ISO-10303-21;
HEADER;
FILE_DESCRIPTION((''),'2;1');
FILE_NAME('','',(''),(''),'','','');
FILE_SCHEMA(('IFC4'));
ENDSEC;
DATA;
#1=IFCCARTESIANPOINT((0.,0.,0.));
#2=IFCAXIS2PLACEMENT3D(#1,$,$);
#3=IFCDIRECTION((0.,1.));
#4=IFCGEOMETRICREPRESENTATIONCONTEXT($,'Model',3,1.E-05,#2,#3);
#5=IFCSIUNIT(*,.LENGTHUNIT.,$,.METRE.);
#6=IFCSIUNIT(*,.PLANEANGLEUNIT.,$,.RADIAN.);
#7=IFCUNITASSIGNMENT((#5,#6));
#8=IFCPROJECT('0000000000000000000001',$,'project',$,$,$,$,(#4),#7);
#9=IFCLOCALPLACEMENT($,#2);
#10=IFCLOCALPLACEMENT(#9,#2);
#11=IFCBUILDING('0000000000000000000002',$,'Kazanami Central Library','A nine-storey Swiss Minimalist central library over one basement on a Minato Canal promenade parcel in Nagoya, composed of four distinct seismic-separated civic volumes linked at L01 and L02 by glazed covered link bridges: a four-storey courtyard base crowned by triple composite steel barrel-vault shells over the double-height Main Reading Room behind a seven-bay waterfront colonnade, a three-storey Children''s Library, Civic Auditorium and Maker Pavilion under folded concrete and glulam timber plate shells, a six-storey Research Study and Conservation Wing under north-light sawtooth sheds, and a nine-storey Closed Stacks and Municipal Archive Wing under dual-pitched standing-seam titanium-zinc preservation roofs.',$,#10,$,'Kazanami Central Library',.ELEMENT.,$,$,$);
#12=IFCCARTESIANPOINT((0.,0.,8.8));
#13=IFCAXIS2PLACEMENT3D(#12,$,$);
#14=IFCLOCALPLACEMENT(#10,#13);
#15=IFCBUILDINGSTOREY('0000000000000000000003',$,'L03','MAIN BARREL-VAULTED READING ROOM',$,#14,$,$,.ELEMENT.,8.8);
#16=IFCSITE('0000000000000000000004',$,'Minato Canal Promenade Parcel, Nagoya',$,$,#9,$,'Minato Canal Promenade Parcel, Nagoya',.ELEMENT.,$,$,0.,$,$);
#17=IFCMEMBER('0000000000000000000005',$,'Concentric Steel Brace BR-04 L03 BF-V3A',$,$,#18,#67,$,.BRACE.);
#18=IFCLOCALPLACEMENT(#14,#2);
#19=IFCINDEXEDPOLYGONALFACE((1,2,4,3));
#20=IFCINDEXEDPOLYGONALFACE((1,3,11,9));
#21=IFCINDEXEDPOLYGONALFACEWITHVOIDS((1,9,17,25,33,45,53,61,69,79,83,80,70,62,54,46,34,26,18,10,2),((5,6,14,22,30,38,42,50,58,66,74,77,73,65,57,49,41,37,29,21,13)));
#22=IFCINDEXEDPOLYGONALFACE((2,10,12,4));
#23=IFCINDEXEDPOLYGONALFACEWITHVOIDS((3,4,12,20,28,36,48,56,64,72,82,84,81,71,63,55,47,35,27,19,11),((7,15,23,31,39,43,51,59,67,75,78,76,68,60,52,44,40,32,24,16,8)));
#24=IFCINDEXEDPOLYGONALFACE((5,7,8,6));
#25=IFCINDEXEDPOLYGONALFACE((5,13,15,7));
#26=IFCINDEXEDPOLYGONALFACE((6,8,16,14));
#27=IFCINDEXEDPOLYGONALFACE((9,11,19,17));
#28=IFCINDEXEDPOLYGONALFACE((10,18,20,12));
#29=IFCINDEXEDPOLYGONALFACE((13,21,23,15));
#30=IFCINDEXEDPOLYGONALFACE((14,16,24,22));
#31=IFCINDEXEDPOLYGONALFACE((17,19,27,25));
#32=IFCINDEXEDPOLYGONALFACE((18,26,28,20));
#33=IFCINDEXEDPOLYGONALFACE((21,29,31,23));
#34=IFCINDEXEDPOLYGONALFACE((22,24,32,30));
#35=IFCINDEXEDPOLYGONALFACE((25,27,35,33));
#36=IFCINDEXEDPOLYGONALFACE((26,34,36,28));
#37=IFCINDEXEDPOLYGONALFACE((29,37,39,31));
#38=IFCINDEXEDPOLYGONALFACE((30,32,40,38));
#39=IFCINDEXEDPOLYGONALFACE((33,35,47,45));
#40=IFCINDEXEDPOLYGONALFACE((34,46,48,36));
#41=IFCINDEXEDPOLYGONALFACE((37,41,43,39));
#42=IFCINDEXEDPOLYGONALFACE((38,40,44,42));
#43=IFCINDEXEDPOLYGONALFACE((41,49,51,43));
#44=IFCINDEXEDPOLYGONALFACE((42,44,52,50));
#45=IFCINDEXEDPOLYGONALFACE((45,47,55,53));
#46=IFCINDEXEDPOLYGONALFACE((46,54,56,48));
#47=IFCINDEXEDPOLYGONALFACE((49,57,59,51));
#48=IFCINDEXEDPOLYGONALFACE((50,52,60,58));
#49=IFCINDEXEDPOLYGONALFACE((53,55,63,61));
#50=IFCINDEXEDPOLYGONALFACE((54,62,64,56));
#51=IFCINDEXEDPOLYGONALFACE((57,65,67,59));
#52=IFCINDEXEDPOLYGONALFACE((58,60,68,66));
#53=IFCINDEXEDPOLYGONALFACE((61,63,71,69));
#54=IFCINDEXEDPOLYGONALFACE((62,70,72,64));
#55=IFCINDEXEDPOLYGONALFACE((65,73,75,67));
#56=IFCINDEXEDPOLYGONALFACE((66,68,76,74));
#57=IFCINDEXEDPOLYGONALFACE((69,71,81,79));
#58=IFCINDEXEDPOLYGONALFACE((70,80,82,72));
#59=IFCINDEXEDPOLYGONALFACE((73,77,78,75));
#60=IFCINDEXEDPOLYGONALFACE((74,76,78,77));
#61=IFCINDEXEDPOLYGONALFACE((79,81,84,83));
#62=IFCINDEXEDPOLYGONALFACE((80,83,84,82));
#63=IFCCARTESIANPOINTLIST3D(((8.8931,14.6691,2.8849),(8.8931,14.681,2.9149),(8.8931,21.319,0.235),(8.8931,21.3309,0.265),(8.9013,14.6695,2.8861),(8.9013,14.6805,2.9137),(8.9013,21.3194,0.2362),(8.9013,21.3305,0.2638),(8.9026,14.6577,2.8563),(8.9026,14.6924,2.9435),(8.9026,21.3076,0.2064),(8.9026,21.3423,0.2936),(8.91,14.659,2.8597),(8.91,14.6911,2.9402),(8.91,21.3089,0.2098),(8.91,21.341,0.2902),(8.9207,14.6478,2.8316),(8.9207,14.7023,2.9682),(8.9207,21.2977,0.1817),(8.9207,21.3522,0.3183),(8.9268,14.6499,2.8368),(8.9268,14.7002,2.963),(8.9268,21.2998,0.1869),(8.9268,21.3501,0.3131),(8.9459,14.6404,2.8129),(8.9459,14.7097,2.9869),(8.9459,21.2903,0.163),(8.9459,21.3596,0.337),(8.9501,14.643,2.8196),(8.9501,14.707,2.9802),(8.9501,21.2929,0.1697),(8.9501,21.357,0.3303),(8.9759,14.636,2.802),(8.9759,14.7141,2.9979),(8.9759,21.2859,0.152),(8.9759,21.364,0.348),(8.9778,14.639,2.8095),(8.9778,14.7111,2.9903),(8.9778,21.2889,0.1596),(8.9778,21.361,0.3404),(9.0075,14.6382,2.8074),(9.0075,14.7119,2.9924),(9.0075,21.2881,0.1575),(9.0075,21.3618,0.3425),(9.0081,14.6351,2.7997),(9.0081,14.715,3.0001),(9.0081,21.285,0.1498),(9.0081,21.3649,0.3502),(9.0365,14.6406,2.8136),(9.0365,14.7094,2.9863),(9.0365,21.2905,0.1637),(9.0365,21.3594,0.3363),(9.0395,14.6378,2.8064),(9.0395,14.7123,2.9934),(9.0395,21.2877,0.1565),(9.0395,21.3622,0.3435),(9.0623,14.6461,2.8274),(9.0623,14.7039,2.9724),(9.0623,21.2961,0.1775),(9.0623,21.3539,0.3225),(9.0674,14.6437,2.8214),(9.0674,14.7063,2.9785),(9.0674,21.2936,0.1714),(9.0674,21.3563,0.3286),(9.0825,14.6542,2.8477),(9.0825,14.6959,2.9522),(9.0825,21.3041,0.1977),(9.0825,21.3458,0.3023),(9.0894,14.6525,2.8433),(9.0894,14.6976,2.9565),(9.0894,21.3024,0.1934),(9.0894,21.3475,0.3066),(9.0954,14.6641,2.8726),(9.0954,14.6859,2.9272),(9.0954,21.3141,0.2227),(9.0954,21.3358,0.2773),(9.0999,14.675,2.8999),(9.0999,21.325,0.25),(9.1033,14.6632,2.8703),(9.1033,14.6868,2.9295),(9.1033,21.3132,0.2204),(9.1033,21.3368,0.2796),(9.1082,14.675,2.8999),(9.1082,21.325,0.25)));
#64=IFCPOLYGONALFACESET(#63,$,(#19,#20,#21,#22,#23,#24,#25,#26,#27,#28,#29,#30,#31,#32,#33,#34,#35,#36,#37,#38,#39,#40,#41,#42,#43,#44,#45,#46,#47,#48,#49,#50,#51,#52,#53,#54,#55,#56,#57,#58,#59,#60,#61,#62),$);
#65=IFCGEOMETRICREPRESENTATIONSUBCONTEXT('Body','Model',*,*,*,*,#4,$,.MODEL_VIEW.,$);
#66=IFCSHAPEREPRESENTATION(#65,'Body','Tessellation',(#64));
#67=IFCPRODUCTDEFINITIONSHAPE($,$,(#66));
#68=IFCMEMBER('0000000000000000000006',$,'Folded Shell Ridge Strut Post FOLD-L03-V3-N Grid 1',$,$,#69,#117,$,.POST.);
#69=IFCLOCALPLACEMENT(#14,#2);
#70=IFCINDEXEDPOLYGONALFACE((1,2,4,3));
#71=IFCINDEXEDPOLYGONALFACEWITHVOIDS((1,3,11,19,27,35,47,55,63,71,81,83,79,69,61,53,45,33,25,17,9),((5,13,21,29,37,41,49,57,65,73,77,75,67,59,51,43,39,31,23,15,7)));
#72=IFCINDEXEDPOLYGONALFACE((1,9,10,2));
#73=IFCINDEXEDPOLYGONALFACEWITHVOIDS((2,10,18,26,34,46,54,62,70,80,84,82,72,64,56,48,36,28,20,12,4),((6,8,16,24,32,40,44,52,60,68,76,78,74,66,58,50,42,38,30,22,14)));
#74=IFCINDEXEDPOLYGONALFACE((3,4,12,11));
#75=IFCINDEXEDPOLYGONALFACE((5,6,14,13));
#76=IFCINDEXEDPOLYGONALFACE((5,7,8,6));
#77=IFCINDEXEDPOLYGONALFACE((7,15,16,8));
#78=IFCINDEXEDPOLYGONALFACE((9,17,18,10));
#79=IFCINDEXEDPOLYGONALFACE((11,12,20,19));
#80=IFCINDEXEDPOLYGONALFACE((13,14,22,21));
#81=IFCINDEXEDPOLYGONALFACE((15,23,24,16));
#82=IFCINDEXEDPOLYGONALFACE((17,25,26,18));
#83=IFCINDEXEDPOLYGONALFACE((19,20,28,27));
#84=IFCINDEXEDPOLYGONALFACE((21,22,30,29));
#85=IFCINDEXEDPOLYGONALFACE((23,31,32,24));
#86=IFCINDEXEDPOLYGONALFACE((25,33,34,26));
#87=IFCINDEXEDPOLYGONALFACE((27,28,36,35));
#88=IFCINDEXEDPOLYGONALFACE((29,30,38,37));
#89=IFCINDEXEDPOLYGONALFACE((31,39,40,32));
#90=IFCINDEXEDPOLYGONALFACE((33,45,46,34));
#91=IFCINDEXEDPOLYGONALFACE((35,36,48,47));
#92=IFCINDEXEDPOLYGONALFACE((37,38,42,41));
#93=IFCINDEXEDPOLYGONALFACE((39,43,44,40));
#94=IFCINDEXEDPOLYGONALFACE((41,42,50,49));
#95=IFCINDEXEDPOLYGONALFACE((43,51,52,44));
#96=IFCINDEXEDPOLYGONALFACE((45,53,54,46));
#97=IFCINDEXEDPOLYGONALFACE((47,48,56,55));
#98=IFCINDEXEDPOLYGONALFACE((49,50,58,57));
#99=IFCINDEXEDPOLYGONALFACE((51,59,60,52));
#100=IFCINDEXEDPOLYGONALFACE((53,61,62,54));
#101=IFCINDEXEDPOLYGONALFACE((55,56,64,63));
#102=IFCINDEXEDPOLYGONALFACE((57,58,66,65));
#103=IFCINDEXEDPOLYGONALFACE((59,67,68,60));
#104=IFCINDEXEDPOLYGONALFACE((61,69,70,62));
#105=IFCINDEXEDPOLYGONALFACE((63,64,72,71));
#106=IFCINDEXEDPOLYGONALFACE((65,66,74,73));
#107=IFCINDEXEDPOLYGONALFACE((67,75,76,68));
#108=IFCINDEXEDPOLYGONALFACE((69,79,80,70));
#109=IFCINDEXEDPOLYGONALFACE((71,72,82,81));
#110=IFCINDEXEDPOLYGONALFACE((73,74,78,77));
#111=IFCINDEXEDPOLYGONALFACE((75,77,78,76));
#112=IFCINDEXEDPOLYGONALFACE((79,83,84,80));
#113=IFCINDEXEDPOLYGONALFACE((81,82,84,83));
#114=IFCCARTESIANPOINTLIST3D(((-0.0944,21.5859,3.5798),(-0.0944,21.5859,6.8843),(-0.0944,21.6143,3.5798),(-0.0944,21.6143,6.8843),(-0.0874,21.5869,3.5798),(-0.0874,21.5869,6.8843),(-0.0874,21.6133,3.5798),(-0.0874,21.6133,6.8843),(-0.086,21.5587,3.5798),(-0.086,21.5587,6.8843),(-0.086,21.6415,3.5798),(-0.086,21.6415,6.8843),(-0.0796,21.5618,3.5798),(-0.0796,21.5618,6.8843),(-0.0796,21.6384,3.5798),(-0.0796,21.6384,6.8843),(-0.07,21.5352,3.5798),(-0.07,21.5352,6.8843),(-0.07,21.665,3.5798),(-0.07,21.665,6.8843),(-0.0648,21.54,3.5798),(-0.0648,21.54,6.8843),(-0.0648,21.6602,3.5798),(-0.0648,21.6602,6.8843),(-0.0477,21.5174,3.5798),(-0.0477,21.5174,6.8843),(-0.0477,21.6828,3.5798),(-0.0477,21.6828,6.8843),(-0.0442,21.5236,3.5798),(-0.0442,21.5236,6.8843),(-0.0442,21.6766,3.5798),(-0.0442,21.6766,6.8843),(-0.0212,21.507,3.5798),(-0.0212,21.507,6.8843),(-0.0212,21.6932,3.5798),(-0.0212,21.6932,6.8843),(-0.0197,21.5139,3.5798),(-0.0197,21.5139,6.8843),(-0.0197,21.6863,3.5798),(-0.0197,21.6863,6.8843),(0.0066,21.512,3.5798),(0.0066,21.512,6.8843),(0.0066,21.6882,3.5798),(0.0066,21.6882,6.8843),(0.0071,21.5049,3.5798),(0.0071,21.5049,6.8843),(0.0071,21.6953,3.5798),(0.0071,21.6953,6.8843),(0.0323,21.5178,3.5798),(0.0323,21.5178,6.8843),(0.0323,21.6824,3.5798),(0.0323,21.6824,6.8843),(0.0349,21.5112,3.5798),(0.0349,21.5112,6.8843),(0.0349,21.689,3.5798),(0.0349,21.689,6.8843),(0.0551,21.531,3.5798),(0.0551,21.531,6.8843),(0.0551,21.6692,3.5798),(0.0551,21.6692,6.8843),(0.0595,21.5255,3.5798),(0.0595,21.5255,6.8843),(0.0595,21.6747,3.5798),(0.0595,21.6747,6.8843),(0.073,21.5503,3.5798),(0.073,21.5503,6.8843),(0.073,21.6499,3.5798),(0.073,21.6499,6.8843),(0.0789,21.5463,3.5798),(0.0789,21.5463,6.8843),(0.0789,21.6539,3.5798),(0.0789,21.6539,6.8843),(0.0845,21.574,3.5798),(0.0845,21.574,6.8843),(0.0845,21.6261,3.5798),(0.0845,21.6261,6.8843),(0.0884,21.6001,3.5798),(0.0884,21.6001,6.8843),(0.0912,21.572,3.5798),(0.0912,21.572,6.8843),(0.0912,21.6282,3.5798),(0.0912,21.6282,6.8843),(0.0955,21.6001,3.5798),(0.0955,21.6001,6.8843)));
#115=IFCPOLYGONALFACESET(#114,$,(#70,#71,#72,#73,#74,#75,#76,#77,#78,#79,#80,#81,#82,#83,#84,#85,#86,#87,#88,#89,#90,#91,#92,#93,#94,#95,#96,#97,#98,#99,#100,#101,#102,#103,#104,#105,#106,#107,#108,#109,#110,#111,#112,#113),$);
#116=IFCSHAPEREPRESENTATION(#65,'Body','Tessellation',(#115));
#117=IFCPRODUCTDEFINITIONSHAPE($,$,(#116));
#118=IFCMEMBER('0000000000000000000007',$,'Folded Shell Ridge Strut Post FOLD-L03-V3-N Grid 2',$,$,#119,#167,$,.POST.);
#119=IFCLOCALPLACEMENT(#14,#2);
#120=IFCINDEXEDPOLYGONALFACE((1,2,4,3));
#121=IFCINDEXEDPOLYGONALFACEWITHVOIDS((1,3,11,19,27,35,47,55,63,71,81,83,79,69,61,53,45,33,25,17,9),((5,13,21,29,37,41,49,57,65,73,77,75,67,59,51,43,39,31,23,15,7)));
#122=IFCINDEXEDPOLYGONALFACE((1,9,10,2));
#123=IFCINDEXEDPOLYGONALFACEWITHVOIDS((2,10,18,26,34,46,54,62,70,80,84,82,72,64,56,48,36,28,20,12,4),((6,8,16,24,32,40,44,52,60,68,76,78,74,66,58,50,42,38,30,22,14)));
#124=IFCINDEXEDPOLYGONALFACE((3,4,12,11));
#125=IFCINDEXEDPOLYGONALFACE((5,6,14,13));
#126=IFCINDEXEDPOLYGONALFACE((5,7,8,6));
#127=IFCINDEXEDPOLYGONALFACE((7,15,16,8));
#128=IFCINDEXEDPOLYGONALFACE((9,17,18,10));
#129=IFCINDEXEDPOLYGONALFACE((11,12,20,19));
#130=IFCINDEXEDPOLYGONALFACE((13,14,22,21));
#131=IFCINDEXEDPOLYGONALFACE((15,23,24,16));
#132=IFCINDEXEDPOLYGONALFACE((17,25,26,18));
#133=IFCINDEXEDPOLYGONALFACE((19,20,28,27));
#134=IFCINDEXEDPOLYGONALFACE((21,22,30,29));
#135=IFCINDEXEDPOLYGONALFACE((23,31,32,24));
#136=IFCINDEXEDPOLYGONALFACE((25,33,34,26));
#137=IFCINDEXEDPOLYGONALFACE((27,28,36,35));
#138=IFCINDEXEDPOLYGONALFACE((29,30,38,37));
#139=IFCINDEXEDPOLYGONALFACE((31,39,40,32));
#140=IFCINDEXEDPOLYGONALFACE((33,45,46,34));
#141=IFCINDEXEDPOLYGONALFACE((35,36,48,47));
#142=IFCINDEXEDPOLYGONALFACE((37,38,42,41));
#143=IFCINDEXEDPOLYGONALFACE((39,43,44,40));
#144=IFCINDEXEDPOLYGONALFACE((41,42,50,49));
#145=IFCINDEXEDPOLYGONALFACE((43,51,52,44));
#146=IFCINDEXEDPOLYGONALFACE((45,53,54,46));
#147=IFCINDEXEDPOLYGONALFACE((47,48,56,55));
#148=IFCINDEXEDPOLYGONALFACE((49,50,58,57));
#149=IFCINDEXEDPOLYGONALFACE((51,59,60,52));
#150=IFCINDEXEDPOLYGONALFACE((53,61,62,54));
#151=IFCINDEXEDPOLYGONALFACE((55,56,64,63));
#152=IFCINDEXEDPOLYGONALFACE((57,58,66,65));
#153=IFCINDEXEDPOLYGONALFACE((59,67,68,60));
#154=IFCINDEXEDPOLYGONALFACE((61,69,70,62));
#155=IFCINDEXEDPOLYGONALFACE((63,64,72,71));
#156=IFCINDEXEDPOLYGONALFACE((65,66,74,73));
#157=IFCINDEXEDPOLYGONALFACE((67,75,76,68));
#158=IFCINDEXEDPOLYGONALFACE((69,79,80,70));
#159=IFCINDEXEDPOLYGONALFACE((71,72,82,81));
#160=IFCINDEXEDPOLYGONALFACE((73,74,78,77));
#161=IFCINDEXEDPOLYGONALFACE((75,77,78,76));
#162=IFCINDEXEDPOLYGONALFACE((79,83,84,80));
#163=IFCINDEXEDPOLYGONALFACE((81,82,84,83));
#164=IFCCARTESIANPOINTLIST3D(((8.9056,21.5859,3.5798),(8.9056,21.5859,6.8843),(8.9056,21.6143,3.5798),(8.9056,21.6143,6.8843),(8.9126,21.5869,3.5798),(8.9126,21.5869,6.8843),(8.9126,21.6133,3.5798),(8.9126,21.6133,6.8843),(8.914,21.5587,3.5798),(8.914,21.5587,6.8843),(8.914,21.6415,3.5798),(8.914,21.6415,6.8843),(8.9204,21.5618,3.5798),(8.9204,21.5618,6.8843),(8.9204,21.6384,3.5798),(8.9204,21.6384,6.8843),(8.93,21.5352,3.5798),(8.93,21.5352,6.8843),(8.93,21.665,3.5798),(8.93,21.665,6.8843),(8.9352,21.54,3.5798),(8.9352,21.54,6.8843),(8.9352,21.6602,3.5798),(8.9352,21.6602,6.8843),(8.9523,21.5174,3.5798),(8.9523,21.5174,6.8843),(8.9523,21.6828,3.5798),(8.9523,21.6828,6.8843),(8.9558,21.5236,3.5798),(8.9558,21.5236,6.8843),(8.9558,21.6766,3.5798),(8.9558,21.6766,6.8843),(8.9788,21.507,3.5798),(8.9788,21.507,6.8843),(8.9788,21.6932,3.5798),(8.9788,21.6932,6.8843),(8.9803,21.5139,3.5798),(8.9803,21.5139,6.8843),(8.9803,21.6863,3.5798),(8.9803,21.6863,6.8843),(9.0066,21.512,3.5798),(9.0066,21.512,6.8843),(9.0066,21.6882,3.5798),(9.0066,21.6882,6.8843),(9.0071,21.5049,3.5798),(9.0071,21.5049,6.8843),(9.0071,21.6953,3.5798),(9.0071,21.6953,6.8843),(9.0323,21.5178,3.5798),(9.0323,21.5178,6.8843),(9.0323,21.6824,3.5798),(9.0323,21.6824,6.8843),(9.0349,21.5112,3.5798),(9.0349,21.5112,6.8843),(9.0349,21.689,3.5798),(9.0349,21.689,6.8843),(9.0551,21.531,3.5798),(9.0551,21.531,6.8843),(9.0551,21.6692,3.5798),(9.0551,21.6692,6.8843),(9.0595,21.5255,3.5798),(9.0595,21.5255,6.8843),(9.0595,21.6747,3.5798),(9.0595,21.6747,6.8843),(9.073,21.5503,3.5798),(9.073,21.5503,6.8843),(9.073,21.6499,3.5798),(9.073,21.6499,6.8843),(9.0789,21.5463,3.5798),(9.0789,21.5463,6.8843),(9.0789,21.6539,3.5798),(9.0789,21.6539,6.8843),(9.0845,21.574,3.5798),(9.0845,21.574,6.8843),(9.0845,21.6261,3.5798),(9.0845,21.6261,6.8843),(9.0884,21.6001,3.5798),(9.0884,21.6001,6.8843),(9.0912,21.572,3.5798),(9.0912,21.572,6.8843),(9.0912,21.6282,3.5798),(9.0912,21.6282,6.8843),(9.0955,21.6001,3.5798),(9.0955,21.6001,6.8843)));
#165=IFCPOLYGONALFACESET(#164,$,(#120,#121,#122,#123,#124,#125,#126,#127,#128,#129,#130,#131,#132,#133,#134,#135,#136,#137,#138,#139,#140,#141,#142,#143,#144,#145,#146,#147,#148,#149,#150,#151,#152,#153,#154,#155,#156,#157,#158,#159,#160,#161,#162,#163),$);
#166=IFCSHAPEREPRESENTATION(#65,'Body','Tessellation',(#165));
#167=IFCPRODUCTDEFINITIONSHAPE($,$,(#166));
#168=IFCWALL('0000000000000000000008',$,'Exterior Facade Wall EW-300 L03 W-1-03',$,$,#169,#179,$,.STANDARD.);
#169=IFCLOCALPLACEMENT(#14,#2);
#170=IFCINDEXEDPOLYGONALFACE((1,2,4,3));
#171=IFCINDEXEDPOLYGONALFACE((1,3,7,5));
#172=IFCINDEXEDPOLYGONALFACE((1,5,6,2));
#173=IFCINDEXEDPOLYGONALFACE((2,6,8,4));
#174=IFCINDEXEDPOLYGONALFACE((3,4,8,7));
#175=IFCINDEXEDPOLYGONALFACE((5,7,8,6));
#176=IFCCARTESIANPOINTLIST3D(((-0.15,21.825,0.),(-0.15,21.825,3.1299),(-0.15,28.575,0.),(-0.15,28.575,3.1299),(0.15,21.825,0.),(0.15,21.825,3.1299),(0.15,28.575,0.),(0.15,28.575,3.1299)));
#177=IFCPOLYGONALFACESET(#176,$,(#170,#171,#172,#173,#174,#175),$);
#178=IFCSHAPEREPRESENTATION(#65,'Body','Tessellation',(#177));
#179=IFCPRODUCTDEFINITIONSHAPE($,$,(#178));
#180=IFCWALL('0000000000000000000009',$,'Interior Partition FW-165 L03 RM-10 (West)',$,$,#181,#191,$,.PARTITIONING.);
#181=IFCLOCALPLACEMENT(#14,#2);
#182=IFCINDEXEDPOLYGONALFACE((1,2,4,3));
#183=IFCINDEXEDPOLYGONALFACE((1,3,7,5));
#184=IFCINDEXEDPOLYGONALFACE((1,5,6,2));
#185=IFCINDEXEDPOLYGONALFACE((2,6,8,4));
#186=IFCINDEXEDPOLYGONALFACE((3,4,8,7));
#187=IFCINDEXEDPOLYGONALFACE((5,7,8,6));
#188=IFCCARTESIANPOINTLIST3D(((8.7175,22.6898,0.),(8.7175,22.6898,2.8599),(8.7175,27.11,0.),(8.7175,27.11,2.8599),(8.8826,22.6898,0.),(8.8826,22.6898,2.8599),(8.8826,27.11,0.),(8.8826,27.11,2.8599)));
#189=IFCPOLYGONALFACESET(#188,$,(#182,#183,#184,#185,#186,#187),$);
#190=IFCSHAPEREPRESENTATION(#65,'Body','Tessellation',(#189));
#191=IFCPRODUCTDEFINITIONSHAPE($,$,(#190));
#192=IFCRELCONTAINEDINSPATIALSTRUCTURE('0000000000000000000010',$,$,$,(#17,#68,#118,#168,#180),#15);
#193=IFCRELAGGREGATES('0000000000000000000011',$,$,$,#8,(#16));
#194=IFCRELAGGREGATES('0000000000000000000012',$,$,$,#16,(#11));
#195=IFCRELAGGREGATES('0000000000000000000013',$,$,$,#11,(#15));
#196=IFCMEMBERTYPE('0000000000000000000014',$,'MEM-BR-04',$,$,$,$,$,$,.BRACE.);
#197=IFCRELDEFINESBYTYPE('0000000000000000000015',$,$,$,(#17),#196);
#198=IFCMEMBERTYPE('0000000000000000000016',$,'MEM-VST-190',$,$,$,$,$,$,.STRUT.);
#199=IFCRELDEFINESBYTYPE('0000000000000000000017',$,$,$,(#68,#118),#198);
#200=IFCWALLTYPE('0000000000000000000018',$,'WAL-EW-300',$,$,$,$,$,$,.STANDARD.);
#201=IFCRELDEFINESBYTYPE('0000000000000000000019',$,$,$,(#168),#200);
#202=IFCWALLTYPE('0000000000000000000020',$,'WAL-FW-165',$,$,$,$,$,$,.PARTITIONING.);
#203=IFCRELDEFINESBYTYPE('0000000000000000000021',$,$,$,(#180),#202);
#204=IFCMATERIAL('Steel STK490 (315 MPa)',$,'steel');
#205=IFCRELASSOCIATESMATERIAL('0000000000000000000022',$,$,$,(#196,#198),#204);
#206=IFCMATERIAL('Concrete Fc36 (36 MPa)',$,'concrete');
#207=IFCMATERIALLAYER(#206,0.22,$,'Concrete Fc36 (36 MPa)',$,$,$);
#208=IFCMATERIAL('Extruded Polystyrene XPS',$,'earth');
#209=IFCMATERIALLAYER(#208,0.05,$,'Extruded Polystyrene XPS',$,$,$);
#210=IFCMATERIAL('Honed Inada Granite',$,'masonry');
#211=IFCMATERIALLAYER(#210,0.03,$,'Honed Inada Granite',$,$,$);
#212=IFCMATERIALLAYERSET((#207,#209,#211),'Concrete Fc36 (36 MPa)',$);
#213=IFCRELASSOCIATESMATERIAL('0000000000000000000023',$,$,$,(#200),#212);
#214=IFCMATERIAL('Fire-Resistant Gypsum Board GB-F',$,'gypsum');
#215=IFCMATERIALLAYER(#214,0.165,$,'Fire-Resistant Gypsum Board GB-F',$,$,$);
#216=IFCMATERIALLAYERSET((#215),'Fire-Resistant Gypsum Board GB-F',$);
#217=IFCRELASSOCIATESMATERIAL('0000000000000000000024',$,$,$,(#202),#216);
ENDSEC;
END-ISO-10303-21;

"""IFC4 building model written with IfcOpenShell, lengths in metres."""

from ifc_helpers import new_model, si_unit, direction, frame, frame_2d, origin, origin_2d, place, context, subcontext, project, spatial, rectangle, hollow_circle, extrude, material, layer, layer_set, material_profile, profile_set, type_object, element, save


model = new_model("IFC4")

# Units and contexts
model_context = context("Model", 3, precision=1e-05, world=origin(), true_north=direction((0.0, 1.0)))
body_context = subcontext(model_context, "Body", "Model", "MODEL_VIEW")
ifc_project = project(units=[si_unit("LENGTHUNIT", "METRE"), si_unit("PLANEANGLEUNIT", "RADIAN")], contexts=[model_context])

# Site, building, storey
site_placement = place(None, origin())
site = spatial("IfcSite", under=ifc_project, at=site_placement, Name="Minato Canal Promenade Parcel, Nagoya", LongName="Minato Canal Promenade Parcel, Nagoya", CompositionType="ELEMENT", RefElevation=0.0)
building_placement = place(site_placement, origin())
building = spatial("IfcBuilding", under=site, at=building_placement, Name="Kazanami Central Library", Description="A nine-storey Swiss Minimalist central library over one basement on a Minato Canal promenade parcel in Nagoya, composed of four distinct seismic-separated civic volumes linked at L01 and L02 by glazed covered link bridges: a four-storey courtyard base crowned by triple composite steel barrel-vault shells over the double-height Main Reading Room behind a seven-bay waterfront colonnade, a three-storey Children's Library, Civic Auditorium and Maker Pavilion under folded concrete and glulam timber plate shells, a six-storey Research Study and Conservation Wing under north-light sawtooth sheds, and a nine-storey Closed Stacks and Municipal Archive Wing under dual-pitched standing-seam titanium-zinc preservation roofs.", LongName="Kazanami Central Library", CompositionType="ELEMENT")
storey_placement = place(building_placement, frame((0.0, 0.0, 8.8)))
storey = spatial("IfcBuildingStorey", under=building, at=storey_placement, Name="L03", Description="MAIN BARREL-VAULTED READING ROOM", CompositionType="ELEMENT", Elevation=8.8)

# Members
ifc_material_1 = material(Name="Steel STK490 (315 MPa)", Category="steel")
ifc_material_profile_1 = material_profile(ifc_material_1, hollow_circle(Radius=0.1082, WallThickness=0.0083, at=origin_2d()), Name="CHS-216.3x8.2")
ifc_profile_set_1 = profile_set([ifc_material_profile_1], Name="Steel STK490 (315 MPa)")
member_type_1 = type_object("IfcMemberType", Name="MEM-BR-04", PredefinedType="BRACE", material=ifc_profile_set_1)
member_placement = place(storey_placement, frame((9.0, 21.325, 0.25), z_axis=(0.0, -0.92896, 0.370179), x_axis=(1.0, 0.0, 0.0)))
element("IfcMember", 1, at=member_placement, inside=storey, type_object=member_type_1, Name="Concentric Steel Brace BR-04 L03 BF-V3A", PredefinedType="BRACE", context=body_context, shape_type="SweptSolid", body=[
    extrude(hollow_circle(Radius=0.1082, WallThickness=0.0083, at=origin_2d()), origin(), (0.0, 0.0, 1.0), 7.1584),
])
ifc_material_profile_2 = material_profile(ifc_material_1, hollow_circle(Radius=0.0955, WallThickness=0.0071, at=origin_2d()), Name="CHS-190.7x7.0")
ifc_profile_set_2 = profile_set([ifc_material_profile_2], Name="Steel STK490 (315 MPa)")
member_type_2 = type_object("IfcMemberType", Name="MEM-VST-190", PredefinedType="STRUT", material=ifc_profile_set_2)
for number, where, z_axis, x_axis, name in (
    (2, (0.0, 21.6001, 3.5798), (0.0, 0.0, 1.0), (1.0, 0.0, 0.0), "Folded Shell Ridge Strut Post FOLD-L03-V3-N Grid 1"),
    (3, (9.0, 21.6001, 3.5798), (0.0, 0.0, 1.0), (1.0, 0.0, 0.0), "Folded Shell Ridge Strut Post FOLD-L03-V3-N Grid 2"),
):
    element("IfcMember", number, at=place(storey_placement, frame(where, z_axis=z_axis, x_axis=x_axis)), inside=storey, type_object=member_type_2, Name=name, PredefinedType="POST", context=body_context, shape_type="SweptSolid", body=[
        extrude(hollow_circle(Radius=0.0955, WallThickness=0.0071, at=origin_2d()), origin(), (0.0, 0.0, 1.0), 3.3044),
    ])

# Wall
ifc_material_2 = material(Name="Concrete Fc36 (36 MPa)", Category="concrete")
ifc_layer_1 = layer(ifc_material_2, 0.22, Name="Concrete Fc36 (36 MPa)")
ifc_material_3 = material(Name="Extruded Polystyrene XPS", Category="earth")
ifc_layer_2 = layer(ifc_material_3, 0.05, Name="Extruded Polystyrene XPS")
ifc_material_4 = material(Name="Honed Inada Granite", Category="masonry")
ifc_layer_3 = layer(ifc_material_4, 0.03, Name="Honed Inada Granite")
ifc_layer_set_1 = layer_set([ifc_layer_1, ifc_layer_2, ifc_layer_3], Name="Concrete Fc36 (36 MPa)")
wall_type_1 = type_object("IfcWallType", Name="WAL-EW-300", PredefinedType="STANDARD", material=ifc_layer_set_1)
wall_1_placement = place(storey_placement, frame((0.0, 21.825, 0.0), z_axis=(0.0, 0.0, 1.0), x_axis=(0.0, 1.0, 0.0)))
element("IfcWall", 4, at=wall_1_placement, inside=storey, type_object=wall_type_1, Name="Exterior Facade Wall EW-300 L03 W-1-03", PredefinedType="STANDARD", context=body_context, shape_type="SweptSolid", body=[
    extrude(rectangle(XDim=6.75, YDim=0.3, at=frame_2d((3.375, 0.0))), origin(), (0.0, 0.0, 1.0), 3.1299),
])

# Shared definitions
ifc_material_5 = material(Name="Fire-Resistant Gypsum Board GB-F", Category="gypsum")
ifc_layer_4 = layer(ifc_material_5, 0.165, Name="Fire-Resistant Gypsum Board GB-F")
ifc_layer_set_2 = layer_set([ifc_layer_4], Name="Fire-Resistant Gypsum Board GB-F")
wall_type_2 = type_object("IfcWallType", Name="WAL-FW-165", PredefinedType="PARTITIONING", material=ifc_layer_set_2)

# Wall
wall_2_placement = place(storey_placement, frame((8.8, 22.6899, 0.0), z_axis=(0.0, 0.0, 1.0), x_axis=(0.0, 1.0, 0.0)))
element("IfcWall", 5, at=wall_2_placement, inside=storey, type_object=wall_type_2, Name="Interior Partition FW-165 L03 RM-10 (West)", PredefinedType="PARTITIONING", context=body_context, shape_type="SweptSolid", body=[
    extrude(rectangle(XDim=4.4202, YDim=0.165, at=frame_2d((2.21, 0.0))), origin(), (0.0, 0.0, 1.0), 2.8599),
])

save(model, "model.ifc")
